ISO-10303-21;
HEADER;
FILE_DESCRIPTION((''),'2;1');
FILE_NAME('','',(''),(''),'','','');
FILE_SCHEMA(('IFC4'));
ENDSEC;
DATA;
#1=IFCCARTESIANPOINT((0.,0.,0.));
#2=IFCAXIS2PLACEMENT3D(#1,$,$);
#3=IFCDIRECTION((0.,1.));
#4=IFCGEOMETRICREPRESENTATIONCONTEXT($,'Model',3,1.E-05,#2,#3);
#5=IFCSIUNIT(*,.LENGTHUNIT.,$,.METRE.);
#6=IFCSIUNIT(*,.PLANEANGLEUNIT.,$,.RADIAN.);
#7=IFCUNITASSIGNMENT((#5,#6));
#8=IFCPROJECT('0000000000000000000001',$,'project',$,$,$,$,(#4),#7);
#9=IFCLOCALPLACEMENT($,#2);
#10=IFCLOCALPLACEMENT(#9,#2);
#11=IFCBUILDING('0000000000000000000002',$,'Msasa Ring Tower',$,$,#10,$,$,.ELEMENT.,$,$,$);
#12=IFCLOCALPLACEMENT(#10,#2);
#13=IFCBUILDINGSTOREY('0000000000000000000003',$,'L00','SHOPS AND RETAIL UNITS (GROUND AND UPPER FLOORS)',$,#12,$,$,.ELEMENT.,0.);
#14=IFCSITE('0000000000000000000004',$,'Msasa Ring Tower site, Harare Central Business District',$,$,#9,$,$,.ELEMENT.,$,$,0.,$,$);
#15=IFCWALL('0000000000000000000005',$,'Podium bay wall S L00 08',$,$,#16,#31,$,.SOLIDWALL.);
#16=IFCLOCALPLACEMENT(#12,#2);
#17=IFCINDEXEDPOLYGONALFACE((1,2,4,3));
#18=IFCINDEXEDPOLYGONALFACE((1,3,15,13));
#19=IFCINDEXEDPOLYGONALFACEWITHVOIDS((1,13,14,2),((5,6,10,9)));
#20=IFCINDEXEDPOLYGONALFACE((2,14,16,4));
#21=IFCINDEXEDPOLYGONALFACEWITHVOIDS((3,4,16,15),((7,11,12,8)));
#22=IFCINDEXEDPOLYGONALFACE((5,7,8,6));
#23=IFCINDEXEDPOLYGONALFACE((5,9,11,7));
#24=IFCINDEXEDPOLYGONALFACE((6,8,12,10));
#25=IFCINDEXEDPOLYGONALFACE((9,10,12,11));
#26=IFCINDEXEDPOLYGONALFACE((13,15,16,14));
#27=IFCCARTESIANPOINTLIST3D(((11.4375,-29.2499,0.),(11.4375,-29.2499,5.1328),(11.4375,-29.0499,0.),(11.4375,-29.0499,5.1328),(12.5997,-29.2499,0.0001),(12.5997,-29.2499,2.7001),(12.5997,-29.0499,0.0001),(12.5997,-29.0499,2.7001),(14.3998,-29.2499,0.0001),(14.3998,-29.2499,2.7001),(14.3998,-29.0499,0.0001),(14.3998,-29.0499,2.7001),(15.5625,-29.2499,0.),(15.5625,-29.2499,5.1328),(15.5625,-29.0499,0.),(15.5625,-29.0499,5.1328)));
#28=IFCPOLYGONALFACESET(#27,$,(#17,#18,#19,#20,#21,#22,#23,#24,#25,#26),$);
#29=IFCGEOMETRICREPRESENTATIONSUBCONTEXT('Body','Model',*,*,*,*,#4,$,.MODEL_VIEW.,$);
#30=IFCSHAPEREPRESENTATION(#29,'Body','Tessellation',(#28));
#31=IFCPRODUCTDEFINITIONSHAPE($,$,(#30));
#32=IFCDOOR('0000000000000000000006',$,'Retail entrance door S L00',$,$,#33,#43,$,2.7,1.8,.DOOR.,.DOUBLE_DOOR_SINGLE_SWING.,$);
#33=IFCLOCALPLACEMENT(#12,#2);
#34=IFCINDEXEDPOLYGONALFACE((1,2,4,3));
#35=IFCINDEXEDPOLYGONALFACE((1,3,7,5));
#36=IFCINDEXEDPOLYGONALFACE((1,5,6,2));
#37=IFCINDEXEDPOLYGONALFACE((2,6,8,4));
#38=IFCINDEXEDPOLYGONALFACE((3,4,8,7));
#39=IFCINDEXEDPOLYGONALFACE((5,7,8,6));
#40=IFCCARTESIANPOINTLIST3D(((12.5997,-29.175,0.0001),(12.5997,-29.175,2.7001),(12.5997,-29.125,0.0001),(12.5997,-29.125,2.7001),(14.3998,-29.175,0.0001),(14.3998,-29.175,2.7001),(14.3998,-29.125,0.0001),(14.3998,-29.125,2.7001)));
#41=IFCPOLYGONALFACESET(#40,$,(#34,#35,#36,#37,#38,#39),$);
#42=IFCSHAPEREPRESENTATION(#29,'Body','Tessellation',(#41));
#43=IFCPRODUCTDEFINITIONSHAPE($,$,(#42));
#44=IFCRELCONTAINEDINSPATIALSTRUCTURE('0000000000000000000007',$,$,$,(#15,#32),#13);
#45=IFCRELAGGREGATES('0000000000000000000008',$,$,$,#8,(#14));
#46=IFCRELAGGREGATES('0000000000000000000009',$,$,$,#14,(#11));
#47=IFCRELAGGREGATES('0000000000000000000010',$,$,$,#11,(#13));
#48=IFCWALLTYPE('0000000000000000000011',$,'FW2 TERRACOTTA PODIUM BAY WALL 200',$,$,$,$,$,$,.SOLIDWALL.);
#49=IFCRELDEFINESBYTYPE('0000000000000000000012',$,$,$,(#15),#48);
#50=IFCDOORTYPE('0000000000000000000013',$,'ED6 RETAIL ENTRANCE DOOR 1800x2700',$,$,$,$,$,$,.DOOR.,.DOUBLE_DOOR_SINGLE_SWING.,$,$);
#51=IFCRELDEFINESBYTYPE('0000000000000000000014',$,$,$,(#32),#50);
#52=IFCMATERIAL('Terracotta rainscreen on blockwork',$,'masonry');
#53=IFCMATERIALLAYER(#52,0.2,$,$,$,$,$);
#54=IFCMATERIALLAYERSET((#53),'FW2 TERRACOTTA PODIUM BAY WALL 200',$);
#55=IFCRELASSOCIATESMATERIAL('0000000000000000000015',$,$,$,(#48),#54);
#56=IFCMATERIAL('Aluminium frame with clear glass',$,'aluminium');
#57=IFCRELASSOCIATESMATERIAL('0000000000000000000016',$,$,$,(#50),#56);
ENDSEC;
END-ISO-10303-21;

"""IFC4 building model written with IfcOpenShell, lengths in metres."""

from ifc_helpers import new_model, si_unit, direction, frame, frame_2d, origin, place, context, subcontext, project, spatial, rectangle, extrude, material, layer, layer_set, type_object, element, fill, save


model = new_model("IFC4")

# Units and contexts
model_context = context("Model", 3, precision=1e-05, world=origin(), true_north=direction((0.0, 1.0)))
body_context = subcontext(model_context, "Body", "Model", "MODEL_VIEW")
ifc_project = project(units=[si_unit("LENGTHUNIT", "METRE"), si_unit("PLANEANGLEUNIT", "RADIAN")], contexts=[model_context])

# Site, building, storey
site_placement = place(None, origin())
site = spatial("IfcSite", under=ifc_project, at=site_placement, Name="Msasa Ring Tower site, Harare Central Business District", CompositionType="ELEMENT", RefElevation=0.0)
building_placement = place(site_placement, origin())
building = spatial("IfcBuilding", under=site, at=building_placement, Name="Msasa Ring Tower", CompositionType="ELEMENT")
storey_placement = place(building_placement, origin())
storey = spatial("IfcBuildingStorey", under=building, at=storey_placement, Name="L00", Description="SHOPS AND RETAIL UNITS (GROUND AND UPPER FLOORS)", CompositionType="ELEMENT", Elevation=0.0)

# Wall, opening, door
ifc_material_1 = material(Name="Terracotta rainscreen on blockwork", Category="masonry")
ifc_layer_1 = layer(ifc_material_1, 0.2)
ifc_layer_set_1 = layer_set([ifc_layer_1], Name="FW2 TERRACOTTA PODIUM BAY WALL 200")
wall_type = type_object("IfcWallType", Name="FW2 TERRACOTTA PODIUM BAY WALL 200", PredefinedType="SOLIDWALL", material=ifc_layer_set_1)
wall_placement = place(storey_placement, frame((11.4375, -29.1499, 0.0), z_axis=(0.0, 0.0, 1.0), x_axis=(1.0, 0.0, 0.0)))
wall = element("IfcWall", 1, at=wall_placement, inside=storey, type_object=wall_type, Name="Podium bay wall S L00 08", PredefinedType="SOLIDWALL", context=body_context, shape_type="SweptSolid", body=[
    extrude(rectangle(XDim=4.125, YDim=0.2, at=frame_2d((2.0625, 0.0))), origin(), (0.0, 0.0, 1.0), 5.1328),
])
opening_placement = place(wall_placement, frame((1.1624, 0.0, 0.0)))
opening = element("IfcOpeningElement", 2, at=opening_placement, cuts=wall, PredefinedType="OPENING", context=body_context, shape_type="SweptSolid", body=[
    extrude(rectangle(XDim=1.8, YDim=2.7, at=frame_2d((0.8999, 1.3501))), frame((0.0, 0.1099, 0.0), z_axis=(0.0, -1.0, 0.0), x_axis=(1.0, 0.0, 0.0)), (0.0, 0.0, 1.0), 0.22),
])
ifc_material_2 = material(Name="Aluminium frame with clear glass", Category="aluminium")
door_type = type_object("IfcDoorType", Name="ED6 RETAIL ENTRANCE DOOR 1800x2700", OperationType="DOUBLE_DOOR_SINGLE_SWING", PredefinedType="DOOR", material=ifc_material_2)
door_placement = place(opening_placement, origin())
door = element("IfcDoor", 3, at=door_placement, inside=storey, type_object=door_type, Name="Retail entrance door S L00", OperationType="DOUBLE_DOOR_SINGLE_SWING", OverallHeight=2.7, OverallWidth=1.8, PredefinedType="DOOR", context=body_context, shape_type="SweptSolid", body=[
    extrude(rectangle(XDim=1.8, YDim=2.7, at=frame_2d((0.8999, 1.3501))), frame((0.0, 0.0249, 0.0), z_axis=(0.0, -1.0, 0.0), x_axis=(1.0, 0.0, 0.0)), (0.0, 0.0, 1.0), 0.05),
])
fill(opening, door)

save(model, "model.ifc")
